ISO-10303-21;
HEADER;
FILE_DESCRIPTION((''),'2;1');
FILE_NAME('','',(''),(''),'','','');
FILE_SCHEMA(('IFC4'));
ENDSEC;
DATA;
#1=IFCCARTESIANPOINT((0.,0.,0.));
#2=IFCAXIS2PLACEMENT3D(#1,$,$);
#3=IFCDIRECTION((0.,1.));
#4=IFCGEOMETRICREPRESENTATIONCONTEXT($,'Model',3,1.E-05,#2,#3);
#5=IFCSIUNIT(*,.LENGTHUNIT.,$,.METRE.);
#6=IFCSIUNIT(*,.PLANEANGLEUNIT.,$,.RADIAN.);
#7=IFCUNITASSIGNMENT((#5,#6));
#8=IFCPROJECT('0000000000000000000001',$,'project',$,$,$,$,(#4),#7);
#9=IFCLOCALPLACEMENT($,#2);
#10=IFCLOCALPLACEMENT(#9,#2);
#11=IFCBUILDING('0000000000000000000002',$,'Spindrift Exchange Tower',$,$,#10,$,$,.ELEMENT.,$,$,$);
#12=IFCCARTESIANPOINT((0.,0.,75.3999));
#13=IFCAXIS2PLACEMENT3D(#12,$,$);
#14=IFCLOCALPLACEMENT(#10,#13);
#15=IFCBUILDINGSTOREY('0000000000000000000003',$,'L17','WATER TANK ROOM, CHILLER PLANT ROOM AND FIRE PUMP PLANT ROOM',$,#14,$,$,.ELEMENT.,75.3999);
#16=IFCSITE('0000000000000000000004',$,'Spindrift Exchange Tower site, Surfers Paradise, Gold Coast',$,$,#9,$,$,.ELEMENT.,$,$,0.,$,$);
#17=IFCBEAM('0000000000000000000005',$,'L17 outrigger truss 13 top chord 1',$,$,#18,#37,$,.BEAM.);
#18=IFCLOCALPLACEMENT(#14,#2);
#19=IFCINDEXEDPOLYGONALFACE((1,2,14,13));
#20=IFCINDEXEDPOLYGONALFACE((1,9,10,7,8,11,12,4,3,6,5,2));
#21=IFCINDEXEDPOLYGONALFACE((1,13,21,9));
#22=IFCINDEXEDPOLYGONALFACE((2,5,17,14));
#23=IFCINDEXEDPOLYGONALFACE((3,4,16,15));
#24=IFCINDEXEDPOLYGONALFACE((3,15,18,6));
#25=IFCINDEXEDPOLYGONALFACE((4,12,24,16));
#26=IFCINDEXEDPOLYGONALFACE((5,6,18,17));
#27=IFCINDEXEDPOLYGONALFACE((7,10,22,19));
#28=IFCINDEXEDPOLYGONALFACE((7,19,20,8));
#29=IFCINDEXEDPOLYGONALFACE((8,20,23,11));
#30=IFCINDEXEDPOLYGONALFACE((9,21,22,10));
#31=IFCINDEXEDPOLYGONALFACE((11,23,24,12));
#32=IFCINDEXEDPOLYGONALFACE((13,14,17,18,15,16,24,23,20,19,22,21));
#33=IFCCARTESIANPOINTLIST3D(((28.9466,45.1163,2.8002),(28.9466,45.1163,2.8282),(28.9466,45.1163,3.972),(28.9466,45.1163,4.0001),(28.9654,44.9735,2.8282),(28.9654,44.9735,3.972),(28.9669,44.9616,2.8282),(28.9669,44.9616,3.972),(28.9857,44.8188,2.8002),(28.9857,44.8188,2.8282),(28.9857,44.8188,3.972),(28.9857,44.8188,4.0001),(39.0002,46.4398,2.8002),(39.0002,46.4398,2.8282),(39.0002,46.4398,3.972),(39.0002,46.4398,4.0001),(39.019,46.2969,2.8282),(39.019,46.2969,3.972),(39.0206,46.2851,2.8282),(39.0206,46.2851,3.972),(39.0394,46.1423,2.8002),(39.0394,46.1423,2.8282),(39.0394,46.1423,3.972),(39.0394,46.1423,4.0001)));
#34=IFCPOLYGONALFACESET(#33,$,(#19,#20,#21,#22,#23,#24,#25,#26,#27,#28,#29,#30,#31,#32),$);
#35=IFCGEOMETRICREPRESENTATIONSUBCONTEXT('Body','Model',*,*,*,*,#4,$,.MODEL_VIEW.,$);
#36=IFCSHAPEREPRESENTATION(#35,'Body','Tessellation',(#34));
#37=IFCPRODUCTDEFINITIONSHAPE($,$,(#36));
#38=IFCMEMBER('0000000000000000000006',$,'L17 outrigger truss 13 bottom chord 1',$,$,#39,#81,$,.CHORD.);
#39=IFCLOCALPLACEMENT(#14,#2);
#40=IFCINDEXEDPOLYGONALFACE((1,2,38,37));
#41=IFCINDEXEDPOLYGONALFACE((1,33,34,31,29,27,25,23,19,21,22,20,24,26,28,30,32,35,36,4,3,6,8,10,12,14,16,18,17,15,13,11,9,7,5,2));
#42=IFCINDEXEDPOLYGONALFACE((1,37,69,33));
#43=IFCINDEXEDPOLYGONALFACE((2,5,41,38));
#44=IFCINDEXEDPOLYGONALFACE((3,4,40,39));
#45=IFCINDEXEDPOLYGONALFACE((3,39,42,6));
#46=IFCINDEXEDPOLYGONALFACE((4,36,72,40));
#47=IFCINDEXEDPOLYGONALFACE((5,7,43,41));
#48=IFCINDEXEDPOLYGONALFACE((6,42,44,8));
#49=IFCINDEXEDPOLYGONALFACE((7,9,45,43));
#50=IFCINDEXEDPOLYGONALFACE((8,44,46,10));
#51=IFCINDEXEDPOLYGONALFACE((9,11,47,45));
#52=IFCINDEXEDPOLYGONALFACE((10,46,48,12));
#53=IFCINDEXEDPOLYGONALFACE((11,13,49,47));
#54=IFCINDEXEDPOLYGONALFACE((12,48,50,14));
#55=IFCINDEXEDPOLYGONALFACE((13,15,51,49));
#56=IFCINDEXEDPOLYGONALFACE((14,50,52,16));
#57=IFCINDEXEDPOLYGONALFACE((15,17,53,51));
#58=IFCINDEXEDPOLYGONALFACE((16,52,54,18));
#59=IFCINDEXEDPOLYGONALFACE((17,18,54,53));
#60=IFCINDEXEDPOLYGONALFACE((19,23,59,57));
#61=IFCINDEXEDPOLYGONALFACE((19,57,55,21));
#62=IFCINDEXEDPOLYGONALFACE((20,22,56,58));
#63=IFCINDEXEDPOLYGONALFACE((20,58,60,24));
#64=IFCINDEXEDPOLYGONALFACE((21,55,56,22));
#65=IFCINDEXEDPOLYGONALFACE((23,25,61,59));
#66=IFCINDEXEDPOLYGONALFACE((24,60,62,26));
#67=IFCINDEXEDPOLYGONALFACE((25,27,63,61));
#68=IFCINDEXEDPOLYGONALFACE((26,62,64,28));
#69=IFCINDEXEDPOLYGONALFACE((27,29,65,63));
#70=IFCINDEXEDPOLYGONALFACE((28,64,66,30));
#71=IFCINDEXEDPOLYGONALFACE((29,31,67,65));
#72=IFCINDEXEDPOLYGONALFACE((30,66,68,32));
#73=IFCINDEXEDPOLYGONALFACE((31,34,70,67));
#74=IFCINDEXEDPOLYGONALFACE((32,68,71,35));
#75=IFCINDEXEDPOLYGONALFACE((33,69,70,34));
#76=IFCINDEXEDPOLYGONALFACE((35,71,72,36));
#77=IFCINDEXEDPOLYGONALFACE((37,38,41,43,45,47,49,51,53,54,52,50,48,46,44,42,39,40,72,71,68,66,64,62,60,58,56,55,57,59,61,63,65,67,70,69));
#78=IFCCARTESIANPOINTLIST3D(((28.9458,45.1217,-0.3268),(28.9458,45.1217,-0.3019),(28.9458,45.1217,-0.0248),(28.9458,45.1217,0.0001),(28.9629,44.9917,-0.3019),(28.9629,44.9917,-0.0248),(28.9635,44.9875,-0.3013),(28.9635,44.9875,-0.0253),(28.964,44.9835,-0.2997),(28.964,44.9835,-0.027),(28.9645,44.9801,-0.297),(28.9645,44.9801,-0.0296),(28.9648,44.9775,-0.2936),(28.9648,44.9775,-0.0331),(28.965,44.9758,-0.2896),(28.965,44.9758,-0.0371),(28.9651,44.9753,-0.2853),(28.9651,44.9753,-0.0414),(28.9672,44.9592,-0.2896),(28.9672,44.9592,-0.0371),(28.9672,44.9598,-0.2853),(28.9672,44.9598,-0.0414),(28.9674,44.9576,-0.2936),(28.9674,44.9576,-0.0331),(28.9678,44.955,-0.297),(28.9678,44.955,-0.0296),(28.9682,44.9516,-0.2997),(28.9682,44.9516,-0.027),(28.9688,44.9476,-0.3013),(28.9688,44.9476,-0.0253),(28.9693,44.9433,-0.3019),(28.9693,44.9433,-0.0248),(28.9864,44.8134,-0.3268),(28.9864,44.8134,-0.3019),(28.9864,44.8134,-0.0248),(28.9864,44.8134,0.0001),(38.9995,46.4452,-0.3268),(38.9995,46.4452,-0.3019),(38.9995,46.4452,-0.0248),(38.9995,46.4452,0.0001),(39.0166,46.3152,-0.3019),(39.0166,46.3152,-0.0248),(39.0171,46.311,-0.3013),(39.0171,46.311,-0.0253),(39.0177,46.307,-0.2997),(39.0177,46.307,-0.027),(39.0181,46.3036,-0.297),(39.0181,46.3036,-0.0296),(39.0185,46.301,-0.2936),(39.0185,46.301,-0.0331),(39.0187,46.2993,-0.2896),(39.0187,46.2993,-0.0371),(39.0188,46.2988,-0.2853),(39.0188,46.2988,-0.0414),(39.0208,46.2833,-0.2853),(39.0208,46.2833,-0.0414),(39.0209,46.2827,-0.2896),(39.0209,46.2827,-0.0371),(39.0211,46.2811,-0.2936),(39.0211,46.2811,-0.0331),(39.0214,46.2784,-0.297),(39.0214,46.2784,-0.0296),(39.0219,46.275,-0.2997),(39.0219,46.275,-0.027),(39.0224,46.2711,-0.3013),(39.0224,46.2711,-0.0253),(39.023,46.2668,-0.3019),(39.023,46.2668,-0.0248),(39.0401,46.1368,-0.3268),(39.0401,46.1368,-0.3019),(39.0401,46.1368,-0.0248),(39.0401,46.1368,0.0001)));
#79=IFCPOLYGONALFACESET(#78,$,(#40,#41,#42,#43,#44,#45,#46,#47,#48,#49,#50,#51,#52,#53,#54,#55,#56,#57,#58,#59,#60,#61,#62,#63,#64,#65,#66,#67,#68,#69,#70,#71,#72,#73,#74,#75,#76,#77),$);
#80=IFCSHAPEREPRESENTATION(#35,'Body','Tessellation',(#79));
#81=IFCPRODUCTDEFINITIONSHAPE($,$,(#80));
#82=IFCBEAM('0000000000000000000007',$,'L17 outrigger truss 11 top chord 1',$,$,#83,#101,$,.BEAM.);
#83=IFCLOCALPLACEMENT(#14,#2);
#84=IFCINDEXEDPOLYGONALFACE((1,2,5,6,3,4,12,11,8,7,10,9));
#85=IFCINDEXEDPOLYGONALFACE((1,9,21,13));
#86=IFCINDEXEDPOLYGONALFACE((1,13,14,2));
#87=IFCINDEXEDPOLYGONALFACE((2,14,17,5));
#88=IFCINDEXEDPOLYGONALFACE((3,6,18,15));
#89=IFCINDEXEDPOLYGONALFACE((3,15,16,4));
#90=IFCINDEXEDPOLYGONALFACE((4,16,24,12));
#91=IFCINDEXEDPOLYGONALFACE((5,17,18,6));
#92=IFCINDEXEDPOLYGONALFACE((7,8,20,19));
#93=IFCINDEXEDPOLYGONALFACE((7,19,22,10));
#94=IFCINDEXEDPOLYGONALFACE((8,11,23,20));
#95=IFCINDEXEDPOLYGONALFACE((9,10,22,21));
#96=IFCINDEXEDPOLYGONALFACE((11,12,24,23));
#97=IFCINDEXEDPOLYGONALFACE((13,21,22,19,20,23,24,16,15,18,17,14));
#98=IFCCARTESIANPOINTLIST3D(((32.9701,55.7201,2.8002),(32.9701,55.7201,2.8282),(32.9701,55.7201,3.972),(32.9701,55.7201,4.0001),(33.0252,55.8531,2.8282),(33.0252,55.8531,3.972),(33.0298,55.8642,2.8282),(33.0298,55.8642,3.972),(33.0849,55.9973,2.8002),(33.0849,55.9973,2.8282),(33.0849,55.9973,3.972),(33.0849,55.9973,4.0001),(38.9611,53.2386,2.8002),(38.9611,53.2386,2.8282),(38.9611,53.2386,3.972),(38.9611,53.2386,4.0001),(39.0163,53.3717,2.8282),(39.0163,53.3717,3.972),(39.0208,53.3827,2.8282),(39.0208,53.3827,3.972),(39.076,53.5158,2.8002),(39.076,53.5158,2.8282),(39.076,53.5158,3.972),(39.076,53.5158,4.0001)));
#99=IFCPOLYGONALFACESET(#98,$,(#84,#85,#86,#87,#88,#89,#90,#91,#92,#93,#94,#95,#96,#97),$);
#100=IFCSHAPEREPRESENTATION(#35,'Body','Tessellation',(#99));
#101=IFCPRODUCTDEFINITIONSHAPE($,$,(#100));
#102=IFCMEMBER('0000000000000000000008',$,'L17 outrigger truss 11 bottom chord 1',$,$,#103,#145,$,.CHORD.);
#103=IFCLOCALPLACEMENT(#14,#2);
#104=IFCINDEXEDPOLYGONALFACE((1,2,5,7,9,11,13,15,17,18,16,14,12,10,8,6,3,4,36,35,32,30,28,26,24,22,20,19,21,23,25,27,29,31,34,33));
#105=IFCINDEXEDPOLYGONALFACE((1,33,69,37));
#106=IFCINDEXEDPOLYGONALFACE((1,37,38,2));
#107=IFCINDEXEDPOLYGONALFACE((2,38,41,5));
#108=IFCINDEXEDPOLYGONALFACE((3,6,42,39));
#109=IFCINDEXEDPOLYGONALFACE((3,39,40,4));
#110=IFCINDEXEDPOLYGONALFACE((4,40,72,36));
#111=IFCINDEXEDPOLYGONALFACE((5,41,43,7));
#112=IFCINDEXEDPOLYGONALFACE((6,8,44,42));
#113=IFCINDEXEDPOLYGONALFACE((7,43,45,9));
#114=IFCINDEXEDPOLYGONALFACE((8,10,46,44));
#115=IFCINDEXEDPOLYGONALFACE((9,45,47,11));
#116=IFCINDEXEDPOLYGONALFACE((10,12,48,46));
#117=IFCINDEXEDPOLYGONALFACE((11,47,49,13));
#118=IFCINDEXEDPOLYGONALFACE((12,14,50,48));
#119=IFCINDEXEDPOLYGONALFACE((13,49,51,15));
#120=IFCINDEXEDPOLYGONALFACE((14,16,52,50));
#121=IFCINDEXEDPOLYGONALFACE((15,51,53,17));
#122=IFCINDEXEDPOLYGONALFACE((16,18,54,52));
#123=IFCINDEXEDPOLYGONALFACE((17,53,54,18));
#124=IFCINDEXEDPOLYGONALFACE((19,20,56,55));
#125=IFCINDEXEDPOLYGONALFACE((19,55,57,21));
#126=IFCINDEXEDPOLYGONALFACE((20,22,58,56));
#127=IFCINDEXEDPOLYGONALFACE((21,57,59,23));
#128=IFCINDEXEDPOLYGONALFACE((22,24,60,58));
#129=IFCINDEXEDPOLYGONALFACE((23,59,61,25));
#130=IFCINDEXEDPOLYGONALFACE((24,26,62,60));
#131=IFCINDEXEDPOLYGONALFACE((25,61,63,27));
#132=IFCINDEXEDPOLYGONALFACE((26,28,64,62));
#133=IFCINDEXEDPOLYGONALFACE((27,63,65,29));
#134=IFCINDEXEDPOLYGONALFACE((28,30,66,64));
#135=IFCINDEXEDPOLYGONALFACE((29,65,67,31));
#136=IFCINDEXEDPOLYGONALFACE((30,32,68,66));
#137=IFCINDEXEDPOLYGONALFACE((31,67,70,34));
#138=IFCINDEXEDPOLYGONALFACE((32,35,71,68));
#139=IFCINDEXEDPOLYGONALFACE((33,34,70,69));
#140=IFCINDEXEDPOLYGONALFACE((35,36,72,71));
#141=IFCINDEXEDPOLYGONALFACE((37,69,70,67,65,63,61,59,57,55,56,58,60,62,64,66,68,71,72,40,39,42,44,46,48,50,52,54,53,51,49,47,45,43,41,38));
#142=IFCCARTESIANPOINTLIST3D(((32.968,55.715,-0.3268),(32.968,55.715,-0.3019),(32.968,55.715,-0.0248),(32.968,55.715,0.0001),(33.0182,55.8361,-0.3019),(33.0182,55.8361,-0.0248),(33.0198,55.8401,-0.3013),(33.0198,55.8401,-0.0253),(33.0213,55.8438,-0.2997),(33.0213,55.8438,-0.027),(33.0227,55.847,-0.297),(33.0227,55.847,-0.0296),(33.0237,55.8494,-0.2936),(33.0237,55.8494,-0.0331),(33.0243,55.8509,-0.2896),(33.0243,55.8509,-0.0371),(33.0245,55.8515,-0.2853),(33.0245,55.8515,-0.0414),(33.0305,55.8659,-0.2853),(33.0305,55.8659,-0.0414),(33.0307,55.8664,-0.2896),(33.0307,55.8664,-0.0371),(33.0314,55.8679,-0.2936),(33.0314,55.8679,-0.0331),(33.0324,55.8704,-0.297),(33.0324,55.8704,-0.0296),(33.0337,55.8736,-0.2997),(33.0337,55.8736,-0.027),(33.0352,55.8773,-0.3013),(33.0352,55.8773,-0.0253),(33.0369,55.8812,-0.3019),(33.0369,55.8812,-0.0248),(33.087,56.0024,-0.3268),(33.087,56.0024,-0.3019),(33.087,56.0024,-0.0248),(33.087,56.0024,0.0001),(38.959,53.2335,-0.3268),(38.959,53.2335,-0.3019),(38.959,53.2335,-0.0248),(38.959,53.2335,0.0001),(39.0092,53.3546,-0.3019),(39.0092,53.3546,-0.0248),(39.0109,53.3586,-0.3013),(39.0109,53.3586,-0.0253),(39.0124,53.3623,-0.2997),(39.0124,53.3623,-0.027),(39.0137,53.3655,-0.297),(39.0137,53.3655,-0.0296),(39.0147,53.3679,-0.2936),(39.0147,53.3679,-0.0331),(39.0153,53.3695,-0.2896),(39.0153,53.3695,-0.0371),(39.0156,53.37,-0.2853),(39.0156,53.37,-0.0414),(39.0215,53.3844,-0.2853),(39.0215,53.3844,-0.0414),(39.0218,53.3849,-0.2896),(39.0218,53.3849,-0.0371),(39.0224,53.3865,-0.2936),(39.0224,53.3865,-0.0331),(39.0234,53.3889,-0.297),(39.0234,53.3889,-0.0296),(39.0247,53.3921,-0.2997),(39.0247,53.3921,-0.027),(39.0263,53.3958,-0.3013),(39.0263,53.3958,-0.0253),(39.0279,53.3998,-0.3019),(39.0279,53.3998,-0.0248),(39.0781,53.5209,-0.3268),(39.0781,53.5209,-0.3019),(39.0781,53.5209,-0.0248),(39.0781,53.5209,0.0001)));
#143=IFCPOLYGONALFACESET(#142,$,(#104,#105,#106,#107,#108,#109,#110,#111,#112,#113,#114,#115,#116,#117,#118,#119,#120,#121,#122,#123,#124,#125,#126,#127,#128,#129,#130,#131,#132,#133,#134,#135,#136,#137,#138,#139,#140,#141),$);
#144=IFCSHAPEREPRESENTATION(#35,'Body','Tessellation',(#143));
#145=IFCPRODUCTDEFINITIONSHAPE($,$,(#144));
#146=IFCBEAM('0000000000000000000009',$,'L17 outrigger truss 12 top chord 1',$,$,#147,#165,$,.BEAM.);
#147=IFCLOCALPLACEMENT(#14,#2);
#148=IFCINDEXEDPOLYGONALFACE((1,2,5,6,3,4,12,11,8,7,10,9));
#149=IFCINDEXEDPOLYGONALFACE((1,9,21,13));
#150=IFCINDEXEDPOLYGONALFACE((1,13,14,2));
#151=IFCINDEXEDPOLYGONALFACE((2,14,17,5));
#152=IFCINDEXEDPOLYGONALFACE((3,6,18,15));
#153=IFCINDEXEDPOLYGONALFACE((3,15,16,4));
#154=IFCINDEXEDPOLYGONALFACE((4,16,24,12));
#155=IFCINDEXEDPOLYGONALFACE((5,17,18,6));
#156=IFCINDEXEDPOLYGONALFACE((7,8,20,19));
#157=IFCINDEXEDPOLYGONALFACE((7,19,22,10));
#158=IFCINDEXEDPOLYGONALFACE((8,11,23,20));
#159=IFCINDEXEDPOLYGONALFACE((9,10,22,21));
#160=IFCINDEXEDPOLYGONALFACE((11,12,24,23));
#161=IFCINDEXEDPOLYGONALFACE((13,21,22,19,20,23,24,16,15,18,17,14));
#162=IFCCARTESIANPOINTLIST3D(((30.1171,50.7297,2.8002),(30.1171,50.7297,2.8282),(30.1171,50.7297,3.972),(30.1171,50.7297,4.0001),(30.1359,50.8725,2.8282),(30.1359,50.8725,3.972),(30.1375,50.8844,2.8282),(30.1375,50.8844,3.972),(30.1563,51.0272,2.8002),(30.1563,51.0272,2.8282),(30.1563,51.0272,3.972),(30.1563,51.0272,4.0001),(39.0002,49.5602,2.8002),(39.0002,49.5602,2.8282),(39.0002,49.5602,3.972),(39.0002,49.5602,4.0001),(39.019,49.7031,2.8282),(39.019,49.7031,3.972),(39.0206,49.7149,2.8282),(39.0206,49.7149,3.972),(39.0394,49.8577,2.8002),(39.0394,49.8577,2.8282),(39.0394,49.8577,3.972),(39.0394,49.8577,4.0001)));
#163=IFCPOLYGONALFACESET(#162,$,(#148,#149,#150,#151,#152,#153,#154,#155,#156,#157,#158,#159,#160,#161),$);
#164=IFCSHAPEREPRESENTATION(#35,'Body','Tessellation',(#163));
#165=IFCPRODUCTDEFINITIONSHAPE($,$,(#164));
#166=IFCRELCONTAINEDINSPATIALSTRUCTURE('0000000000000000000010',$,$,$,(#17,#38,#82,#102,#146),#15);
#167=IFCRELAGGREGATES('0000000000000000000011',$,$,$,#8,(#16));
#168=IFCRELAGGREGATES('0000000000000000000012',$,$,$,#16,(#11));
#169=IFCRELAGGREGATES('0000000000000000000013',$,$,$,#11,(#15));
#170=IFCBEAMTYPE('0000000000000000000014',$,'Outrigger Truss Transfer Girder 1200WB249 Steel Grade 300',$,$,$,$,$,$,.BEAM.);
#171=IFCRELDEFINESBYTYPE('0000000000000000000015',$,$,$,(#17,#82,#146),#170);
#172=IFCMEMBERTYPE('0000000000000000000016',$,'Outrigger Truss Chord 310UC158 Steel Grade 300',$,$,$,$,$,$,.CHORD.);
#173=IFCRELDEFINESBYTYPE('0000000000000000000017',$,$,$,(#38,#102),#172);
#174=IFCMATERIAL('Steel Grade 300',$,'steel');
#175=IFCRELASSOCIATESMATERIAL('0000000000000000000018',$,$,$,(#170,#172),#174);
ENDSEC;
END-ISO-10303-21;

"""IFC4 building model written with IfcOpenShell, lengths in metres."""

from ifc_helpers import new_model, si_unit, direction, frame, origin, origin_2d, place, context, subcontext, project, spatial, i_section, extrude, source, transform, mapped, material, material_profile, profile_set, type_object, element, save


model = new_model("IFC4")

# Units and contexts
model_context = context("Model", 3, precision=1e-05, world=origin(), true_north=direction((0.0, 1.0)))
body_context = subcontext(model_context, "Body", "Model", "MODEL_VIEW")
ifc_project = project(units=[si_unit("LENGTHUNIT", "METRE"), si_unit("PLANEANGLEUNIT", "RADIAN")], contexts=[model_context])

# Site, building, storey
site_placement = place(None, origin())
site = spatial("IfcSite", under=ifc_project, at=site_placement, Name="Spindrift Exchange Tower site, Surfers Paradise, Gold Coast", CompositionType="ELEMENT", RefElevation=0.0)
building_placement = place(site_placement, origin())
building = spatial("IfcBuilding", under=site, at=building_placement, Name="Spindrift Exchange Tower", CompositionType="ELEMENT")
storey_placement = place(building_placement, frame((0.0, 0.0, 75.3999)))
storey = spatial("IfcBuildingStorey", under=building, at=storey_placement, Name="L17", Description="WATER TANK ROOM, CHILLER PLANT ROOM AND FIRE PUMP PLANT ROOM", CompositionType="ELEMENT", Elevation=75.3999)

# Beam
ifc_material_1 = material(Name="Steel Grade 300", Category="steel")
ifc_material_profile_1 = material_profile(ifc_material_1, i_section(OverallWidth=0.3, OverallDepth=1.2, WebThickness=0.012, FlangeThickness=0.0281, at=origin_2d()), Name="1200WB249")
ifc_profile_set_1 = profile_set([ifc_material_profile_1], Name="Steel Grade 300")
beam_type = type_object("IfcBeamType", Name="Outrigger Truss Transfer Girder 1200WB249 Steel Grade 300", PredefinedType="BEAM", material=ifc_profile_set_1)
shared_shape_1 = source(origin(), body_context, "Body", "SweptSolid", [
    extrude(i_section(OverallWidth=0.3, OverallDepth=1.2, WebThickness=0.012, FlangeThickness=0.0281, at=origin_2d()), origin(), (0.0, 0.0, 1.0), 10.1404),
])
beam_1_placement = place(storey_placement, frame((39.0198, 46.291, 3.4001), z_axis=(-0.991446, -0.130516, 0.0), x_axis=(0.130516, -0.991446, 0.0)))
element("IfcBeam", 1, at=beam_1_placement, inside=storey, type_object=beam_type, Name="L17 outrigger truss 13 top chord 1", PredefinedType="BEAM", context=body_context, shape_type="MappedRepresentation", body=[
    mapped(shared_shape_1, transform((0.0, 0.0, 0.0), scale=1.0)),
])

# Member
ifc_material_profile_2 = material_profile(ifc_material_1, i_section(OverallWidth=0.311, OverallDepth=0.3269, WebThickness=0.0156, FlangeThickness=0.0249, FilletRadius=0.0166, at=origin_2d()), Name="310UC158")
ifc_profile_set_2 = profile_set([ifc_material_profile_2], Name="Steel Grade 300")
member_type = type_object("IfcMemberType", Name="Outrigger Truss Chord 310UC158 Steel Grade 300", PredefinedType="CHORD", material=ifc_profile_set_2)
shared_shape_2 = source(origin(), body_context, "Body", "SweptSolid", [
    extrude(i_section(OverallWidth=0.311, OverallDepth=0.3269, WebThickness=0.0156, FlangeThickness=0.0249, FilletRadius=0.0166, at=origin_2d()), origin(), (0.0, 0.0, 1.0), 10.1404),
])
member_1_placement = place(storey_placement, frame((39.0198, 46.291, -0.1633), z_axis=(-0.991446, -0.130516, 0.0), x_axis=(0.130516, -0.991446, 0.0)))
element("IfcMember", 2, at=member_1_placement, inside=storey, type_object=member_type, Name="L17 outrigger truss 13 bottom chord 1", PredefinedType="CHORD", context=body_context, shape_type="MappedRepresentation", body=[
    mapped(shared_shape_2, transform((0.0, 0.0, 0.0), scale=1.0)),
])

# Beam
shared_shape_3 = source(origin(), body_context, "Body", "SweptSolid", [
    extrude(i_section(OverallWidth=0.3, OverallDepth=1.2, WebThickness=0.012, FlangeThickness=0.0281, at=origin_2d()), origin(), (0.0, 0.0, 1.0), 6.4846),
])
beam_2_placement = place(storey_placement, frame((39.0186, 53.3772, 3.4001), z_axis=(-0.923885, 0.382671, 0.0), x_axis=(-0.382671, -0.923885, 0.0)))
element("IfcBeam", 3, at=beam_2_placement, inside=storey, type_object=beam_type, Name="L17 outrigger truss 11 top chord 1", PredefinedType="BEAM", context=body_context, shape_type="MappedRepresentation", body=[
    mapped(shared_shape_3, transform((0.0, 0.0, 0.0), scale=1.0)),
])

# Member
shared_shape_4 = source(origin(), body_context, "Body", "SweptSolid", [
    extrude(i_section(OverallWidth=0.311, OverallDepth=0.3269, WebThickness=0.0156, FlangeThickness=0.0249, FilletRadius=0.0166, at=origin_2d()), origin(), (0.0, 0.0, 1.0), 6.4846),
])
member_2_placement = place(storey_placement, frame((39.0186, 53.3772, -0.1633), z_axis=(-0.923885, 0.382671, 0.0), x_axis=(-0.382671, -0.923885, 0.0)))
element("IfcMember", 4, at=member_2_placement, inside=storey, type_object=member_type, Name="L17 outrigger truss 11 bottom chord 1", PredefinedType="CHORD", context=body_context, shape_type="MappedRepresentation", body=[
    mapped(shared_shape_4, transform((0.0, 0.0, 0.0), scale=1.0)),
])

# Beam
shared_shape_5 = source(origin(), body_context, "Body", "SweptSolid", [
    extrude(i_section(OverallWidth=0.3, OverallDepth=1.2, WebThickness=0.012, FlangeThickness=0.0281, at=origin_2d()), origin(), (0.0, 0.0, 1.0), 8.9597),
])
beam_3_placement = place(storey_placement, frame((39.0198, 49.709, 3.4001), z_axis=(-0.991445, 0.130521, 0.0), x_axis=(-0.130521, -0.991445, 0.0)))
element("IfcBeam", 5, at=beam_3_placement, inside=storey, type_object=beam_type, Name="L17 outrigger truss 12 top chord 1", PredefinedType="BEAM", context=body_context, shape_type="MappedRepresentation", body=[
    mapped(shared_shape_5, transform((0.0, 0.0, 0.0), scale=1.0)),
])

save(model, "model.ifc")
